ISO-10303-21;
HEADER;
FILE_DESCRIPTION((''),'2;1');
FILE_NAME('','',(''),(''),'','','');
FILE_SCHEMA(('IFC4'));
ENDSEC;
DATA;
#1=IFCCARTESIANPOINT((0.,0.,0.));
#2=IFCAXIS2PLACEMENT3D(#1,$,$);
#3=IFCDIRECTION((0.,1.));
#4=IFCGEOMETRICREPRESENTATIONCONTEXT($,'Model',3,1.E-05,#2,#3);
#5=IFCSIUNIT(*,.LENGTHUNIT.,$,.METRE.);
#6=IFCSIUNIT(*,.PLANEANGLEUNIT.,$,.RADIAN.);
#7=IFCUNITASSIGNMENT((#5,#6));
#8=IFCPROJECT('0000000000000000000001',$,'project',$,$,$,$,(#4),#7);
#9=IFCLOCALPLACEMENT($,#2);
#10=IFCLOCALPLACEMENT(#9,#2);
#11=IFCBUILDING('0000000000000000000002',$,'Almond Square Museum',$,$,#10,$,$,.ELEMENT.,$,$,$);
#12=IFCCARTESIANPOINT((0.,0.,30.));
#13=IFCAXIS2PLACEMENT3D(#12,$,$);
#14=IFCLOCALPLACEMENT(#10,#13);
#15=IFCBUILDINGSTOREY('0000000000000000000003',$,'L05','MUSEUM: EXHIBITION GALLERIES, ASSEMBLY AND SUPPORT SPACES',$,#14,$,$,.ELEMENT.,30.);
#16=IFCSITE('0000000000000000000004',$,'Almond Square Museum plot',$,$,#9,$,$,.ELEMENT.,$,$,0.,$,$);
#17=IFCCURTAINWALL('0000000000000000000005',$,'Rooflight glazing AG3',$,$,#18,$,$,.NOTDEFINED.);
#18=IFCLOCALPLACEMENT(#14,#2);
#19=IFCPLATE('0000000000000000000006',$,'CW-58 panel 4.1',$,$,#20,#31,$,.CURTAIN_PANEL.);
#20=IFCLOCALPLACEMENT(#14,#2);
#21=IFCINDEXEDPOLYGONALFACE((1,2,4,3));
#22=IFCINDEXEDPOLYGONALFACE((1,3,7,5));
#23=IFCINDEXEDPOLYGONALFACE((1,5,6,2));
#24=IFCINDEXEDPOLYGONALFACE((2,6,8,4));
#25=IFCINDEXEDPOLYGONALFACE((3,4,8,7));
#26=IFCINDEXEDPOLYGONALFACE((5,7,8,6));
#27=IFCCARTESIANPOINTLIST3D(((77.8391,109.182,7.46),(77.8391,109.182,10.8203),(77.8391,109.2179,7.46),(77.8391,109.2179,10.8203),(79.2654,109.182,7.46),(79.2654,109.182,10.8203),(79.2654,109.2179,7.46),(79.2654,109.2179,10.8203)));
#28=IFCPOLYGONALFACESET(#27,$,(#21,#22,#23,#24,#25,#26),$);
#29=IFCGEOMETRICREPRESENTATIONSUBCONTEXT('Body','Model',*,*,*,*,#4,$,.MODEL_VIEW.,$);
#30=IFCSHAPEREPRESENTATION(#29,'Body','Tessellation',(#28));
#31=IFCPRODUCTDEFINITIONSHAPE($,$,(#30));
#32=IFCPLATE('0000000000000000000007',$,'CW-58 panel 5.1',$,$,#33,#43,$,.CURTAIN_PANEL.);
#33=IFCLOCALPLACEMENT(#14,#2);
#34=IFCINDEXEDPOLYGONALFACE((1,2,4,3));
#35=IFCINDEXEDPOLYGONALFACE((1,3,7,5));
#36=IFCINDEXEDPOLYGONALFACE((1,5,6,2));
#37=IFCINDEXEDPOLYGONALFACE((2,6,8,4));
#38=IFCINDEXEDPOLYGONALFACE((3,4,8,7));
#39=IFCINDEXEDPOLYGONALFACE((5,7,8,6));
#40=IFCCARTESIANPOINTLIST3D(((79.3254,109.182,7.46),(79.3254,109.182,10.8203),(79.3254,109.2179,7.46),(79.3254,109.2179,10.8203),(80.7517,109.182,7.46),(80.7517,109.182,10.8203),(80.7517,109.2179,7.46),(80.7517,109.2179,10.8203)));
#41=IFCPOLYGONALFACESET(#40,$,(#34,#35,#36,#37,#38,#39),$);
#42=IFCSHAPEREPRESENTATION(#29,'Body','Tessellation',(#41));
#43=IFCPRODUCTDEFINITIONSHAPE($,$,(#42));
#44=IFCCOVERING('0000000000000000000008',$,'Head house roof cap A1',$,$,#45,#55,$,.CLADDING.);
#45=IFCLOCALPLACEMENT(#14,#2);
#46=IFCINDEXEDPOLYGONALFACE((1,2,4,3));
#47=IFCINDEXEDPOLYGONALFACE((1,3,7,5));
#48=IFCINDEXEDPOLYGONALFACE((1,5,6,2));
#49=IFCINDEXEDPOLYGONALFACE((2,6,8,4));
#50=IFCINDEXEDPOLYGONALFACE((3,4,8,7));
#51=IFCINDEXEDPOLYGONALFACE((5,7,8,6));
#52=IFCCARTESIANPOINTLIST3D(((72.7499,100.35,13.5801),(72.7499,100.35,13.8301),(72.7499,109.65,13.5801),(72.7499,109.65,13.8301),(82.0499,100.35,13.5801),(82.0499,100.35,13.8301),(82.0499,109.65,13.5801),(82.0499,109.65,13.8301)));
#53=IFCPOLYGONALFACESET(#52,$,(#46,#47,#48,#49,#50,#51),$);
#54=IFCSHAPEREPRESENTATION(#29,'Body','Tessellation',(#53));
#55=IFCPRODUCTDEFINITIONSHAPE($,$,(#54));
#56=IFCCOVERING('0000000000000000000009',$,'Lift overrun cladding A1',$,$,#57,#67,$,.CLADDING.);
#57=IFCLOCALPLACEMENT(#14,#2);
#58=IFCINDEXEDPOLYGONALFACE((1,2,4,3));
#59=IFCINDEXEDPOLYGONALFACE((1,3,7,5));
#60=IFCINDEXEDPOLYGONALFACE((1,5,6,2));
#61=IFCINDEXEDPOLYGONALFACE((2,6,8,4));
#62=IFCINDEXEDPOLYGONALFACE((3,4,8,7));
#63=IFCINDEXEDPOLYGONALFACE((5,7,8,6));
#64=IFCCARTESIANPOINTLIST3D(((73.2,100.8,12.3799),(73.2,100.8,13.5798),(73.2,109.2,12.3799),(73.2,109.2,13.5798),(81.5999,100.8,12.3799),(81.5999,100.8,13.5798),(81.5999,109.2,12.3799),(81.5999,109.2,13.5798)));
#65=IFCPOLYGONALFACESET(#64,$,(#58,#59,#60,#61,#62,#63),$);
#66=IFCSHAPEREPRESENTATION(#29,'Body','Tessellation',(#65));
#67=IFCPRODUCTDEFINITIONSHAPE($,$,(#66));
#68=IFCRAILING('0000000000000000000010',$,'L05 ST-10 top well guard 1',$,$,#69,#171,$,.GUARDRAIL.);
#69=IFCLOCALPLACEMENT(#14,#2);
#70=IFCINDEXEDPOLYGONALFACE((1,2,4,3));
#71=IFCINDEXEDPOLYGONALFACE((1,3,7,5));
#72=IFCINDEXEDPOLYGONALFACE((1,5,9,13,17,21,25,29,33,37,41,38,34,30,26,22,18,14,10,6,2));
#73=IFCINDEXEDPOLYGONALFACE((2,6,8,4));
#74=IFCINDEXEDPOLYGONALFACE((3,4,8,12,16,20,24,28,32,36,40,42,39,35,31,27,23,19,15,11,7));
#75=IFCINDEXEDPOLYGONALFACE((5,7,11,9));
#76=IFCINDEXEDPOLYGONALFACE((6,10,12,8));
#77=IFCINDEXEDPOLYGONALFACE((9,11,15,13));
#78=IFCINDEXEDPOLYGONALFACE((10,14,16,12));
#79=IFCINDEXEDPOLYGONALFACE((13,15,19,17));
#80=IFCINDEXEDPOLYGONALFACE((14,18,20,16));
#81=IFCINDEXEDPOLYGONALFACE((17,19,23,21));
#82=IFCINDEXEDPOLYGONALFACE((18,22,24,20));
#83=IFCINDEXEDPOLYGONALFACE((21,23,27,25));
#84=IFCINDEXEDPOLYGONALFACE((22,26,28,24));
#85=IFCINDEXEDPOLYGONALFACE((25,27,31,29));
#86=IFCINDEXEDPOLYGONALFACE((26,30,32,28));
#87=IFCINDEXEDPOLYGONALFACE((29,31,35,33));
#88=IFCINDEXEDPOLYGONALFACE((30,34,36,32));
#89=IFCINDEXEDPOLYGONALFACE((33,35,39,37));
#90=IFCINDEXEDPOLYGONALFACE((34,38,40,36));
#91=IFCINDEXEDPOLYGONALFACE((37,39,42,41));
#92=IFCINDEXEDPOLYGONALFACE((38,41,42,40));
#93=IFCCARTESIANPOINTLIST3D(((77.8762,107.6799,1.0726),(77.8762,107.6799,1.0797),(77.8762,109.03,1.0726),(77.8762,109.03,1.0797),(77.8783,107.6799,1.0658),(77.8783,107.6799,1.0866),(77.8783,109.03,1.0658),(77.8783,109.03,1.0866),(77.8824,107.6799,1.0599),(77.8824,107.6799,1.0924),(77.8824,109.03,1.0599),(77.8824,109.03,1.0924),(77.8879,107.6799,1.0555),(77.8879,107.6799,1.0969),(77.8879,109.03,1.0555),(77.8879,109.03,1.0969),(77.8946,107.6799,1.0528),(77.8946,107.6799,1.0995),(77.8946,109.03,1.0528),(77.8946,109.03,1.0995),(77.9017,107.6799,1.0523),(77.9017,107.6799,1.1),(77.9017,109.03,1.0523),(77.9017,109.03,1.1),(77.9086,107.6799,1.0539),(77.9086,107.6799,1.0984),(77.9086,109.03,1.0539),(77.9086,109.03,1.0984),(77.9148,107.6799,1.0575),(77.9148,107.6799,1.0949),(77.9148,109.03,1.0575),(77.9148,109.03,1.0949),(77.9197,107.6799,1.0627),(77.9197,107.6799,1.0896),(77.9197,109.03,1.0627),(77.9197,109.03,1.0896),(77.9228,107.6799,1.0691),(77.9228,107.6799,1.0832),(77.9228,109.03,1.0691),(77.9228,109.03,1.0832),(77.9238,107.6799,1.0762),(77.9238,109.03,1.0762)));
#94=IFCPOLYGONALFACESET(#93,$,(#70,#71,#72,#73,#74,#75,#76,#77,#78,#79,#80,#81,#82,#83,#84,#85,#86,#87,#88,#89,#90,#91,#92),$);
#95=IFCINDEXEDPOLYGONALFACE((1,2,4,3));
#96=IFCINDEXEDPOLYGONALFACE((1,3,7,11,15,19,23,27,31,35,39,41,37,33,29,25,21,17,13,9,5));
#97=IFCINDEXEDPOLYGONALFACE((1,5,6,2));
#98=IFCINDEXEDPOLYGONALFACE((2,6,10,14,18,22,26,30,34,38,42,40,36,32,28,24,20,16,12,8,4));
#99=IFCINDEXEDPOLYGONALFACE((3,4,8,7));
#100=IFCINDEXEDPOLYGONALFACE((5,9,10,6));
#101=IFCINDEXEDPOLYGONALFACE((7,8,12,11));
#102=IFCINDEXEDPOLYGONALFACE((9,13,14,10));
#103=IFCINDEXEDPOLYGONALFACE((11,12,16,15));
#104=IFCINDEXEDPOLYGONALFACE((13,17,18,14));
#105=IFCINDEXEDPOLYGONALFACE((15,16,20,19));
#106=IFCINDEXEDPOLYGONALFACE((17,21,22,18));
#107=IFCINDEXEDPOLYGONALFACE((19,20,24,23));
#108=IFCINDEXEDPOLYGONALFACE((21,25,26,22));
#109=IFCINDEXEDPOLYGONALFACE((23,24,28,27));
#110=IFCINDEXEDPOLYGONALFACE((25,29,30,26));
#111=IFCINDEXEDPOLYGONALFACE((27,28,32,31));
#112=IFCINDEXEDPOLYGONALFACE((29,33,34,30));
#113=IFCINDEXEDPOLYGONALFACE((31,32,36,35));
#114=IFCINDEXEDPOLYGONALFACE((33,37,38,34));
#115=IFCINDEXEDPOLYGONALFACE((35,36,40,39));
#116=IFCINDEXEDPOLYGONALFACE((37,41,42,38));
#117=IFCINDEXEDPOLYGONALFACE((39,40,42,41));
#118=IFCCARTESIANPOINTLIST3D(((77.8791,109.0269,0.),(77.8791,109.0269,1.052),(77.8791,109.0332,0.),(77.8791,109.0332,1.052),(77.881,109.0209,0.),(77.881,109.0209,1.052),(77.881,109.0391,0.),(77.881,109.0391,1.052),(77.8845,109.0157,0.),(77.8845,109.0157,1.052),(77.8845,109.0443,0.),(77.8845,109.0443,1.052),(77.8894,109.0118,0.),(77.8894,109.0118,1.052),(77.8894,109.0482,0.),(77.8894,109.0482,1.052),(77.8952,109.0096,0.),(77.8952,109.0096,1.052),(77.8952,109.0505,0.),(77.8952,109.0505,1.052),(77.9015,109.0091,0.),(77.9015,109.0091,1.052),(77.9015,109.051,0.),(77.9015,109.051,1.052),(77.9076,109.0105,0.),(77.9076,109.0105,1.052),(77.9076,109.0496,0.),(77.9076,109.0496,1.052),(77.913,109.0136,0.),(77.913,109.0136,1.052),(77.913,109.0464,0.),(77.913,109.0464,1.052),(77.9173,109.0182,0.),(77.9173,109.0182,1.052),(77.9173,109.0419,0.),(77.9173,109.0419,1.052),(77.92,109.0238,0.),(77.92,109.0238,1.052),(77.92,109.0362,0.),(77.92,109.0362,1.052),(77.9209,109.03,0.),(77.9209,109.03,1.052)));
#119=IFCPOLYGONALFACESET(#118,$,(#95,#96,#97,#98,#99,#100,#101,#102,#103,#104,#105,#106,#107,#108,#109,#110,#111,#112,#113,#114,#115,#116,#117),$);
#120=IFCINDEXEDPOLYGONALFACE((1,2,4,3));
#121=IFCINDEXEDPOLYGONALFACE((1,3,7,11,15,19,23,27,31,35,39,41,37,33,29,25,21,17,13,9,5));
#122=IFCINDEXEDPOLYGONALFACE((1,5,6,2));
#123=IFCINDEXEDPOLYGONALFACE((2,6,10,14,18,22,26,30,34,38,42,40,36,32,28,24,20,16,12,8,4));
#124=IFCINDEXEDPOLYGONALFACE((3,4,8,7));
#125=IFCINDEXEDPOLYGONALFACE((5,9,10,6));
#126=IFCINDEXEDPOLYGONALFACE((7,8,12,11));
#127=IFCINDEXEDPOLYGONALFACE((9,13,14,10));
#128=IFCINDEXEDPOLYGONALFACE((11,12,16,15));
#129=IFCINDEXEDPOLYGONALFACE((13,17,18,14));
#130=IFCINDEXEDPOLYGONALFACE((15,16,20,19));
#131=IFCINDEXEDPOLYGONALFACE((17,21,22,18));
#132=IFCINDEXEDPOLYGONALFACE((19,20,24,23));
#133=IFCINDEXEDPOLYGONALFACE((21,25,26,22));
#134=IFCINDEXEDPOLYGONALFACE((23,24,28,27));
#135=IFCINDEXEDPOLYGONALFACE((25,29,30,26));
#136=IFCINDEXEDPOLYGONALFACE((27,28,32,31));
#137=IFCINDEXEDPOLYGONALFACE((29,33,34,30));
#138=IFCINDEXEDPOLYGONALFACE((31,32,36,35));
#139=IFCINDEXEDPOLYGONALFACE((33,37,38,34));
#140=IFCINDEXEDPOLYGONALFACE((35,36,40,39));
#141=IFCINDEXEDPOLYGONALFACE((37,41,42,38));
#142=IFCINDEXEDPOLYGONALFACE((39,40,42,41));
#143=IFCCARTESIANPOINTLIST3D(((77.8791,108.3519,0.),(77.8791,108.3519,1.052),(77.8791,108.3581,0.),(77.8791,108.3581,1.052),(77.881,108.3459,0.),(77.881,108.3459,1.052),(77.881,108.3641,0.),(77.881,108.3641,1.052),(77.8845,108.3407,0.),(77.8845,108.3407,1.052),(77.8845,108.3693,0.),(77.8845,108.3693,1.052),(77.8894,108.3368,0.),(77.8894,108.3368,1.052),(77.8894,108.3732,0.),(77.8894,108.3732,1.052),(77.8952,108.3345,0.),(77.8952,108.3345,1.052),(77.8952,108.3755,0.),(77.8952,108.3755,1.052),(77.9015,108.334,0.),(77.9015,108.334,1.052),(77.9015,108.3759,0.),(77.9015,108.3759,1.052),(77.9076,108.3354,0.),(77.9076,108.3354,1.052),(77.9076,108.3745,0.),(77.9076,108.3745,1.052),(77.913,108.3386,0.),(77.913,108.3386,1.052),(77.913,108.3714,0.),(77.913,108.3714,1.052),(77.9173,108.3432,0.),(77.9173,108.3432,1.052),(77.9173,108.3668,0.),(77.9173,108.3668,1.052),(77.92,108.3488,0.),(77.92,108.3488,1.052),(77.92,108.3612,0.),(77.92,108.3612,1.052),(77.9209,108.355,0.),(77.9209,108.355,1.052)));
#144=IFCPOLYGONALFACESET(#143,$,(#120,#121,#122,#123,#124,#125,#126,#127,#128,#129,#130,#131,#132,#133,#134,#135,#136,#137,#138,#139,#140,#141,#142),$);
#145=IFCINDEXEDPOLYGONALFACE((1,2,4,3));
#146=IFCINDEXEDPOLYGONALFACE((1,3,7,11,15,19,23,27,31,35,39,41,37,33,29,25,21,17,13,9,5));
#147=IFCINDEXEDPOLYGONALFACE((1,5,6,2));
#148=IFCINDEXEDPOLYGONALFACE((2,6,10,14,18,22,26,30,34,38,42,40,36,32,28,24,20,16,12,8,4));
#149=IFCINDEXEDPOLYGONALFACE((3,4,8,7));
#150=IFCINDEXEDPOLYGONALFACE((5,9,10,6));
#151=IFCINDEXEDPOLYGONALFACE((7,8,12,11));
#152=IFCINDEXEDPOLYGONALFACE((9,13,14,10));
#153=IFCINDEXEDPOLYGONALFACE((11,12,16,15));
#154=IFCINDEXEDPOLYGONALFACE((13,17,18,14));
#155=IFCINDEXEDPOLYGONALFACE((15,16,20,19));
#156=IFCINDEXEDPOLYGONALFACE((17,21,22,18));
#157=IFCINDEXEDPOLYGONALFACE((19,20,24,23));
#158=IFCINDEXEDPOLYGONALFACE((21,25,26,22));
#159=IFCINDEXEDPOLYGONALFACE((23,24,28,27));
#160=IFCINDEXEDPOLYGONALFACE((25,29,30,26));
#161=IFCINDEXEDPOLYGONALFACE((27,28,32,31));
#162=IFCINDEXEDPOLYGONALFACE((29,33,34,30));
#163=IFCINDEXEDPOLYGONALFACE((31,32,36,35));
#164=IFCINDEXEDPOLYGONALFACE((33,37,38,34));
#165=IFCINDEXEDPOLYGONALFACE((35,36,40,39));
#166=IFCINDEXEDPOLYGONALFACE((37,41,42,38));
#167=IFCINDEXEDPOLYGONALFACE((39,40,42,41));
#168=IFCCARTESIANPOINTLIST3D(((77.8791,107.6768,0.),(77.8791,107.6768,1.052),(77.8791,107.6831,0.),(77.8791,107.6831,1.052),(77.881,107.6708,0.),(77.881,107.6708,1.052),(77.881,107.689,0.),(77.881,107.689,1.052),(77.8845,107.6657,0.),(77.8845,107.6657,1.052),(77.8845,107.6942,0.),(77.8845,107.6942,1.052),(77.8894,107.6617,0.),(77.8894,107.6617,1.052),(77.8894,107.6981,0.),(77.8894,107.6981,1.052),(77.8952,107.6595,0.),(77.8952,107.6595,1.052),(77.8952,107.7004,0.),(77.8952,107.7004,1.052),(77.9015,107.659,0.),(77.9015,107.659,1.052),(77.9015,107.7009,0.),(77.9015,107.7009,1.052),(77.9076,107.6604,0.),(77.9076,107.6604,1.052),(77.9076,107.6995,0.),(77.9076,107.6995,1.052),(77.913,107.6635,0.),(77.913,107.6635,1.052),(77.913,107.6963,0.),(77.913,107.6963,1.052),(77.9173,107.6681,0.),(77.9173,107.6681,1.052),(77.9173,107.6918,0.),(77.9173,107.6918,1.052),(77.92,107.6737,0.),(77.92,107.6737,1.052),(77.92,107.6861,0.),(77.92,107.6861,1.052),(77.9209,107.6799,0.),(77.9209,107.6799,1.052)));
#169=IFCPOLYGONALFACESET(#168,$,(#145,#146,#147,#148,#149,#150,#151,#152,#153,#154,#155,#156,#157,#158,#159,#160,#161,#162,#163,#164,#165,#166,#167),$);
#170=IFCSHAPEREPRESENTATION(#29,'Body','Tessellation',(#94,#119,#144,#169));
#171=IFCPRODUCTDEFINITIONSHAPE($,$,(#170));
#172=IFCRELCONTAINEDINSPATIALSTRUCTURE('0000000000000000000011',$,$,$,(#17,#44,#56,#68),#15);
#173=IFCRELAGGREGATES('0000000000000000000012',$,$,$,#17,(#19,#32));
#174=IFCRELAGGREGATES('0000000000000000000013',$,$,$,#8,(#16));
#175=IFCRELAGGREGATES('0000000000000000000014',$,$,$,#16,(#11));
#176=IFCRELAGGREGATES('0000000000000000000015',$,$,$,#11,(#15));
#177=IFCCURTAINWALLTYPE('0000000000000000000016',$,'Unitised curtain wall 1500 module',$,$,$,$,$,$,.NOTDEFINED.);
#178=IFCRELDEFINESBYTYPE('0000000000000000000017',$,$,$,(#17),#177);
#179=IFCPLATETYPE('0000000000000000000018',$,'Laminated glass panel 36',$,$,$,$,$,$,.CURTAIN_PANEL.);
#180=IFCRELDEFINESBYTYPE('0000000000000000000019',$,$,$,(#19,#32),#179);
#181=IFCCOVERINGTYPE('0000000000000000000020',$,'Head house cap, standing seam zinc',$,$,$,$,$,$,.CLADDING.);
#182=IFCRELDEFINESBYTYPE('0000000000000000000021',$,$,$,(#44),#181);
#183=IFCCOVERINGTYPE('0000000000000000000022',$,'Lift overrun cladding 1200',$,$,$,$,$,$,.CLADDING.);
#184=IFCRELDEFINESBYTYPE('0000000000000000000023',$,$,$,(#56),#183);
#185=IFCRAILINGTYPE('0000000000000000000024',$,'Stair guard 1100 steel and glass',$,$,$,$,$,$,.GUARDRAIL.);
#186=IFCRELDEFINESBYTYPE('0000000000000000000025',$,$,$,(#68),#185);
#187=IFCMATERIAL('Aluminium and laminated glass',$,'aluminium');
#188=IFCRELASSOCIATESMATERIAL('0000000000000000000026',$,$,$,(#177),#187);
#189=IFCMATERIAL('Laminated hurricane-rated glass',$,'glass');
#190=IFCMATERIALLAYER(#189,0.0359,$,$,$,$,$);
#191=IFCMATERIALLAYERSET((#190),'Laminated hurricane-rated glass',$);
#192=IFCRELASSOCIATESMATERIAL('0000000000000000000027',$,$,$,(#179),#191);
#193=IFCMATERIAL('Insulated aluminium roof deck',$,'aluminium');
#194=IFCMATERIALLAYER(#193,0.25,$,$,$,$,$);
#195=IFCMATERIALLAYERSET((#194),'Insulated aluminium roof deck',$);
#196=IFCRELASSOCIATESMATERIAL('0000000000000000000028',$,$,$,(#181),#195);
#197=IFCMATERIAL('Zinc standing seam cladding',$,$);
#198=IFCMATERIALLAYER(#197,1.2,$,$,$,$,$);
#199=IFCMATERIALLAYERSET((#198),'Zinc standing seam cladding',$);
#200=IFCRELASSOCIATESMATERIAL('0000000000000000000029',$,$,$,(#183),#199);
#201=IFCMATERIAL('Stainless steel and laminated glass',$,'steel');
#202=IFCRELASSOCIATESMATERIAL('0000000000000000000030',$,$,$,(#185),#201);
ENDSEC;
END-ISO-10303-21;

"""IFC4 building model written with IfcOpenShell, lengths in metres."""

from ifc_helpers import new_model, si_unit, direction, frame, origin, origin_2d, place, context, subcontext, project, spatial, rectangle, circle, extrude, material, layer, layer_set, type_object, element, aggregate, save


model = new_model("IFC4")

# Units and contexts
model_context = context("Model", 3, precision=1e-05, world=origin(), true_north=direction((0.0, 1.0)))
body_context = subcontext(model_context, "Body", "Model", "MODEL_VIEW")
ifc_project = project(units=[si_unit("LENGTHUNIT", "METRE"), si_unit("PLANEANGLEUNIT", "RADIAN")], contexts=[model_context])

# Site, building, storey
site_placement = place(None, origin())
site = spatial("IfcSite", under=ifc_project, at=site_placement, Name="Almond Square Museum plot", CompositionType="ELEMENT", RefElevation=0.0)
building_placement = place(site_placement, origin())
building = spatial("IfcBuilding", under=site, at=building_placement, Name="Almond Square Museum", CompositionType="ELEMENT")
storey_placement = place(building_placement, frame((0.0, 0.0, 30.0)))
storey = spatial("IfcBuildingStorey", under=building, at=storey_placement, Name="L05", Description="MUSEUM: EXHIBITION GALLERIES, ASSEMBLY AND SUPPORT SPACES", CompositionType="ELEMENT", Elevation=30.0)

# Curtain wall
ifc_material_1 = material(Name="Aluminium and laminated glass", Category="aluminium")
curtain_wall_type = type_object("IfcCurtainWallType", Name="Unitised curtain wall 1500 module", PredefinedType="NOTDEFINED", material=ifc_material_1)
curtain_wall_placement = place(storey_placement, origin())
curtain_wall = element("IfcCurtainWall", 1, at=curtain_wall_placement, inside=storey, type_object=curtain_wall_type, Name="Rooflight glazing AG3", PredefinedType="NOTDEFINED")

# Plates
ifc_material_2 = material(Name="Laminated hurricane-rated glass", Category="glass")
ifc_layer_1 = layer(ifc_material_2, 0.0359)
ifc_layer_set_1 = layer_set([ifc_layer_1], Name="Laminated hurricane-rated glass")
plate_type = type_object("IfcPlateType", Name="Laminated glass panel 36", PredefinedType="CURTAIN_PANEL", material=ifc_layer_set_1)
plate_1_placement = place(storey_placement, frame((78.5522, 109.2, 7.46), z_axis=(0.0, 0.0, 1.0), x_axis=(1.0, 0.0, 0.0)))
plate_1 = element("IfcPlate", 2, at=plate_1_placement, type_object=plate_type, Name="CW-58 panel 4.1", PredefinedType="CURTAIN_PANEL", context=body_context, shape_type="SweptSolid", body=[
    extrude(rectangle(XDim=1.4263, YDim=0.0359, at=origin_2d()), origin(), (0.0, 0.0, 1.0), 3.3604),
])
plate_2_placement = place(storey_placement, frame((80.0386, 109.2, 7.46), z_axis=(0.0, 0.0, 1.0), x_axis=(1.0, 0.0, 0.0)))
plate_2 = element("IfcPlate", 3, at=plate_2_placement, type_object=plate_type, Name="CW-58 panel 5.1", PredefinedType="CURTAIN_PANEL", context=body_context, shape_type="SweptSolid", body=[
    extrude(rectangle(XDim=1.4263, YDim=0.0359, at=origin_2d()), origin(), (0.0, 0.0, 1.0), 3.3604),
])
aggregate(curtain_wall, [plate_1, plate_2])

# Coverings
ifc_material_3 = material(Name="Insulated aluminium roof deck", Category="aluminium")
ifc_layer_2 = layer(ifc_material_3, 0.25)
ifc_layer_set_2 = layer_set([ifc_layer_2], Name="Insulated aluminium roof deck")
covering_type_1 = type_object("IfcCoveringType", Name="Head house cap, standing seam zinc", PredefinedType="CLADDING", material=ifc_layer_set_2)
covering_1_placement = place(storey_placement, frame((77.3999, 105.0, 13.5801), z_axis=(0.0, 0.0, 1.0), x_axis=(1.0, 0.0, 0.0)))
element("IfcCovering", 4, at=covering_1_placement, inside=storey, type_object=covering_type_1, Name="Head house roof cap A1", PredefinedType="CLADDING", context=body_context, shape_type="SweptSolid", body=[
    extrude(rectangle(XDim=9.3, YDim=9.3, at=origin_2d()), origin(), (0.0, 0.0, 1.0), 0.25),
])
ifc_material_4 = material(Name="Zinc standing seam cladding")
ifc_layer_3 = layer(ifc_material_4, 1.2)
ifc_layer_set_3 = layer_set([ifc_layer_3], Name="Zinc standing seam cladding")
covering_type_2 = type_object("IfcCoveringType", Name="Lift overrun cladding 1200", PredefinedType="CLADDING", material=ifc_layer_set_3)
covering_2_placement = place(storey_placement, frame((77.3999, 105.0, 12.3799), z_axis=(0.0, 0.0, 1.0), x_axis=(1.0, 0.0, 0.0)))
element("IfcCovering", 5, at=covering_2_placement, inside=storey, type_object=covering_type_2, Name="Lift overrun cladding A1", PredefinedType="CLADDING", context=body_context, shape_type="SweptSolid", body=[
    extrude(rectangle(XDim=8.3999, YDim=8.3999, at=origin_2d()), origin(), (0.0, 0.0, 1.0), 1.2),
])

# Railing
ifc_material_5 = material(Name="Stainless steel and laminated glass", Category="steel")
railing_type = type_object("IfcRailingType", Name="Stair guard 1100 steel and glass", PredefinedType="GUARDRAIL", material=ifc_material_5)
railing_placement = place(storey_placement, frame((77.8999, 109.03, 0.0)))
element("IfcRailing", 6, at=railing_placement, inside=storey, type_object=railing_type, Name="L05 ST-10 top well guard 1", PredefinedType="GUARDRAIL", context=body_context, shape_type="SweptSolid", body=[
    extrude(circle(Radius=0.0239, at=origin_2d()), frame((0.0, 0.0, 1.0762), z_axis=(0.0, -1.0, 0.0), x_axis=(1.0, 0.0, 0.0)), (0.0, 0.0, 1.0), 1.3501),
    extrude(circle(Radius=0.021, at=origin_2d()), origin(), (0.0, 0.0, 1.0), 1.052),
    extrude(circle(Radius=0.021, at=origin_2d()), frame((0.0, -0.675, 0.0)), (0.0, 0.0, 1.0), 1.052),
    extrude(circle(Radius=0.021, at=origin_2d()), frame((0.0, -1.3501, 0.0)), (0.0, 0.0, 1.0), 1.052),
])

save(model, "model.ifc")
